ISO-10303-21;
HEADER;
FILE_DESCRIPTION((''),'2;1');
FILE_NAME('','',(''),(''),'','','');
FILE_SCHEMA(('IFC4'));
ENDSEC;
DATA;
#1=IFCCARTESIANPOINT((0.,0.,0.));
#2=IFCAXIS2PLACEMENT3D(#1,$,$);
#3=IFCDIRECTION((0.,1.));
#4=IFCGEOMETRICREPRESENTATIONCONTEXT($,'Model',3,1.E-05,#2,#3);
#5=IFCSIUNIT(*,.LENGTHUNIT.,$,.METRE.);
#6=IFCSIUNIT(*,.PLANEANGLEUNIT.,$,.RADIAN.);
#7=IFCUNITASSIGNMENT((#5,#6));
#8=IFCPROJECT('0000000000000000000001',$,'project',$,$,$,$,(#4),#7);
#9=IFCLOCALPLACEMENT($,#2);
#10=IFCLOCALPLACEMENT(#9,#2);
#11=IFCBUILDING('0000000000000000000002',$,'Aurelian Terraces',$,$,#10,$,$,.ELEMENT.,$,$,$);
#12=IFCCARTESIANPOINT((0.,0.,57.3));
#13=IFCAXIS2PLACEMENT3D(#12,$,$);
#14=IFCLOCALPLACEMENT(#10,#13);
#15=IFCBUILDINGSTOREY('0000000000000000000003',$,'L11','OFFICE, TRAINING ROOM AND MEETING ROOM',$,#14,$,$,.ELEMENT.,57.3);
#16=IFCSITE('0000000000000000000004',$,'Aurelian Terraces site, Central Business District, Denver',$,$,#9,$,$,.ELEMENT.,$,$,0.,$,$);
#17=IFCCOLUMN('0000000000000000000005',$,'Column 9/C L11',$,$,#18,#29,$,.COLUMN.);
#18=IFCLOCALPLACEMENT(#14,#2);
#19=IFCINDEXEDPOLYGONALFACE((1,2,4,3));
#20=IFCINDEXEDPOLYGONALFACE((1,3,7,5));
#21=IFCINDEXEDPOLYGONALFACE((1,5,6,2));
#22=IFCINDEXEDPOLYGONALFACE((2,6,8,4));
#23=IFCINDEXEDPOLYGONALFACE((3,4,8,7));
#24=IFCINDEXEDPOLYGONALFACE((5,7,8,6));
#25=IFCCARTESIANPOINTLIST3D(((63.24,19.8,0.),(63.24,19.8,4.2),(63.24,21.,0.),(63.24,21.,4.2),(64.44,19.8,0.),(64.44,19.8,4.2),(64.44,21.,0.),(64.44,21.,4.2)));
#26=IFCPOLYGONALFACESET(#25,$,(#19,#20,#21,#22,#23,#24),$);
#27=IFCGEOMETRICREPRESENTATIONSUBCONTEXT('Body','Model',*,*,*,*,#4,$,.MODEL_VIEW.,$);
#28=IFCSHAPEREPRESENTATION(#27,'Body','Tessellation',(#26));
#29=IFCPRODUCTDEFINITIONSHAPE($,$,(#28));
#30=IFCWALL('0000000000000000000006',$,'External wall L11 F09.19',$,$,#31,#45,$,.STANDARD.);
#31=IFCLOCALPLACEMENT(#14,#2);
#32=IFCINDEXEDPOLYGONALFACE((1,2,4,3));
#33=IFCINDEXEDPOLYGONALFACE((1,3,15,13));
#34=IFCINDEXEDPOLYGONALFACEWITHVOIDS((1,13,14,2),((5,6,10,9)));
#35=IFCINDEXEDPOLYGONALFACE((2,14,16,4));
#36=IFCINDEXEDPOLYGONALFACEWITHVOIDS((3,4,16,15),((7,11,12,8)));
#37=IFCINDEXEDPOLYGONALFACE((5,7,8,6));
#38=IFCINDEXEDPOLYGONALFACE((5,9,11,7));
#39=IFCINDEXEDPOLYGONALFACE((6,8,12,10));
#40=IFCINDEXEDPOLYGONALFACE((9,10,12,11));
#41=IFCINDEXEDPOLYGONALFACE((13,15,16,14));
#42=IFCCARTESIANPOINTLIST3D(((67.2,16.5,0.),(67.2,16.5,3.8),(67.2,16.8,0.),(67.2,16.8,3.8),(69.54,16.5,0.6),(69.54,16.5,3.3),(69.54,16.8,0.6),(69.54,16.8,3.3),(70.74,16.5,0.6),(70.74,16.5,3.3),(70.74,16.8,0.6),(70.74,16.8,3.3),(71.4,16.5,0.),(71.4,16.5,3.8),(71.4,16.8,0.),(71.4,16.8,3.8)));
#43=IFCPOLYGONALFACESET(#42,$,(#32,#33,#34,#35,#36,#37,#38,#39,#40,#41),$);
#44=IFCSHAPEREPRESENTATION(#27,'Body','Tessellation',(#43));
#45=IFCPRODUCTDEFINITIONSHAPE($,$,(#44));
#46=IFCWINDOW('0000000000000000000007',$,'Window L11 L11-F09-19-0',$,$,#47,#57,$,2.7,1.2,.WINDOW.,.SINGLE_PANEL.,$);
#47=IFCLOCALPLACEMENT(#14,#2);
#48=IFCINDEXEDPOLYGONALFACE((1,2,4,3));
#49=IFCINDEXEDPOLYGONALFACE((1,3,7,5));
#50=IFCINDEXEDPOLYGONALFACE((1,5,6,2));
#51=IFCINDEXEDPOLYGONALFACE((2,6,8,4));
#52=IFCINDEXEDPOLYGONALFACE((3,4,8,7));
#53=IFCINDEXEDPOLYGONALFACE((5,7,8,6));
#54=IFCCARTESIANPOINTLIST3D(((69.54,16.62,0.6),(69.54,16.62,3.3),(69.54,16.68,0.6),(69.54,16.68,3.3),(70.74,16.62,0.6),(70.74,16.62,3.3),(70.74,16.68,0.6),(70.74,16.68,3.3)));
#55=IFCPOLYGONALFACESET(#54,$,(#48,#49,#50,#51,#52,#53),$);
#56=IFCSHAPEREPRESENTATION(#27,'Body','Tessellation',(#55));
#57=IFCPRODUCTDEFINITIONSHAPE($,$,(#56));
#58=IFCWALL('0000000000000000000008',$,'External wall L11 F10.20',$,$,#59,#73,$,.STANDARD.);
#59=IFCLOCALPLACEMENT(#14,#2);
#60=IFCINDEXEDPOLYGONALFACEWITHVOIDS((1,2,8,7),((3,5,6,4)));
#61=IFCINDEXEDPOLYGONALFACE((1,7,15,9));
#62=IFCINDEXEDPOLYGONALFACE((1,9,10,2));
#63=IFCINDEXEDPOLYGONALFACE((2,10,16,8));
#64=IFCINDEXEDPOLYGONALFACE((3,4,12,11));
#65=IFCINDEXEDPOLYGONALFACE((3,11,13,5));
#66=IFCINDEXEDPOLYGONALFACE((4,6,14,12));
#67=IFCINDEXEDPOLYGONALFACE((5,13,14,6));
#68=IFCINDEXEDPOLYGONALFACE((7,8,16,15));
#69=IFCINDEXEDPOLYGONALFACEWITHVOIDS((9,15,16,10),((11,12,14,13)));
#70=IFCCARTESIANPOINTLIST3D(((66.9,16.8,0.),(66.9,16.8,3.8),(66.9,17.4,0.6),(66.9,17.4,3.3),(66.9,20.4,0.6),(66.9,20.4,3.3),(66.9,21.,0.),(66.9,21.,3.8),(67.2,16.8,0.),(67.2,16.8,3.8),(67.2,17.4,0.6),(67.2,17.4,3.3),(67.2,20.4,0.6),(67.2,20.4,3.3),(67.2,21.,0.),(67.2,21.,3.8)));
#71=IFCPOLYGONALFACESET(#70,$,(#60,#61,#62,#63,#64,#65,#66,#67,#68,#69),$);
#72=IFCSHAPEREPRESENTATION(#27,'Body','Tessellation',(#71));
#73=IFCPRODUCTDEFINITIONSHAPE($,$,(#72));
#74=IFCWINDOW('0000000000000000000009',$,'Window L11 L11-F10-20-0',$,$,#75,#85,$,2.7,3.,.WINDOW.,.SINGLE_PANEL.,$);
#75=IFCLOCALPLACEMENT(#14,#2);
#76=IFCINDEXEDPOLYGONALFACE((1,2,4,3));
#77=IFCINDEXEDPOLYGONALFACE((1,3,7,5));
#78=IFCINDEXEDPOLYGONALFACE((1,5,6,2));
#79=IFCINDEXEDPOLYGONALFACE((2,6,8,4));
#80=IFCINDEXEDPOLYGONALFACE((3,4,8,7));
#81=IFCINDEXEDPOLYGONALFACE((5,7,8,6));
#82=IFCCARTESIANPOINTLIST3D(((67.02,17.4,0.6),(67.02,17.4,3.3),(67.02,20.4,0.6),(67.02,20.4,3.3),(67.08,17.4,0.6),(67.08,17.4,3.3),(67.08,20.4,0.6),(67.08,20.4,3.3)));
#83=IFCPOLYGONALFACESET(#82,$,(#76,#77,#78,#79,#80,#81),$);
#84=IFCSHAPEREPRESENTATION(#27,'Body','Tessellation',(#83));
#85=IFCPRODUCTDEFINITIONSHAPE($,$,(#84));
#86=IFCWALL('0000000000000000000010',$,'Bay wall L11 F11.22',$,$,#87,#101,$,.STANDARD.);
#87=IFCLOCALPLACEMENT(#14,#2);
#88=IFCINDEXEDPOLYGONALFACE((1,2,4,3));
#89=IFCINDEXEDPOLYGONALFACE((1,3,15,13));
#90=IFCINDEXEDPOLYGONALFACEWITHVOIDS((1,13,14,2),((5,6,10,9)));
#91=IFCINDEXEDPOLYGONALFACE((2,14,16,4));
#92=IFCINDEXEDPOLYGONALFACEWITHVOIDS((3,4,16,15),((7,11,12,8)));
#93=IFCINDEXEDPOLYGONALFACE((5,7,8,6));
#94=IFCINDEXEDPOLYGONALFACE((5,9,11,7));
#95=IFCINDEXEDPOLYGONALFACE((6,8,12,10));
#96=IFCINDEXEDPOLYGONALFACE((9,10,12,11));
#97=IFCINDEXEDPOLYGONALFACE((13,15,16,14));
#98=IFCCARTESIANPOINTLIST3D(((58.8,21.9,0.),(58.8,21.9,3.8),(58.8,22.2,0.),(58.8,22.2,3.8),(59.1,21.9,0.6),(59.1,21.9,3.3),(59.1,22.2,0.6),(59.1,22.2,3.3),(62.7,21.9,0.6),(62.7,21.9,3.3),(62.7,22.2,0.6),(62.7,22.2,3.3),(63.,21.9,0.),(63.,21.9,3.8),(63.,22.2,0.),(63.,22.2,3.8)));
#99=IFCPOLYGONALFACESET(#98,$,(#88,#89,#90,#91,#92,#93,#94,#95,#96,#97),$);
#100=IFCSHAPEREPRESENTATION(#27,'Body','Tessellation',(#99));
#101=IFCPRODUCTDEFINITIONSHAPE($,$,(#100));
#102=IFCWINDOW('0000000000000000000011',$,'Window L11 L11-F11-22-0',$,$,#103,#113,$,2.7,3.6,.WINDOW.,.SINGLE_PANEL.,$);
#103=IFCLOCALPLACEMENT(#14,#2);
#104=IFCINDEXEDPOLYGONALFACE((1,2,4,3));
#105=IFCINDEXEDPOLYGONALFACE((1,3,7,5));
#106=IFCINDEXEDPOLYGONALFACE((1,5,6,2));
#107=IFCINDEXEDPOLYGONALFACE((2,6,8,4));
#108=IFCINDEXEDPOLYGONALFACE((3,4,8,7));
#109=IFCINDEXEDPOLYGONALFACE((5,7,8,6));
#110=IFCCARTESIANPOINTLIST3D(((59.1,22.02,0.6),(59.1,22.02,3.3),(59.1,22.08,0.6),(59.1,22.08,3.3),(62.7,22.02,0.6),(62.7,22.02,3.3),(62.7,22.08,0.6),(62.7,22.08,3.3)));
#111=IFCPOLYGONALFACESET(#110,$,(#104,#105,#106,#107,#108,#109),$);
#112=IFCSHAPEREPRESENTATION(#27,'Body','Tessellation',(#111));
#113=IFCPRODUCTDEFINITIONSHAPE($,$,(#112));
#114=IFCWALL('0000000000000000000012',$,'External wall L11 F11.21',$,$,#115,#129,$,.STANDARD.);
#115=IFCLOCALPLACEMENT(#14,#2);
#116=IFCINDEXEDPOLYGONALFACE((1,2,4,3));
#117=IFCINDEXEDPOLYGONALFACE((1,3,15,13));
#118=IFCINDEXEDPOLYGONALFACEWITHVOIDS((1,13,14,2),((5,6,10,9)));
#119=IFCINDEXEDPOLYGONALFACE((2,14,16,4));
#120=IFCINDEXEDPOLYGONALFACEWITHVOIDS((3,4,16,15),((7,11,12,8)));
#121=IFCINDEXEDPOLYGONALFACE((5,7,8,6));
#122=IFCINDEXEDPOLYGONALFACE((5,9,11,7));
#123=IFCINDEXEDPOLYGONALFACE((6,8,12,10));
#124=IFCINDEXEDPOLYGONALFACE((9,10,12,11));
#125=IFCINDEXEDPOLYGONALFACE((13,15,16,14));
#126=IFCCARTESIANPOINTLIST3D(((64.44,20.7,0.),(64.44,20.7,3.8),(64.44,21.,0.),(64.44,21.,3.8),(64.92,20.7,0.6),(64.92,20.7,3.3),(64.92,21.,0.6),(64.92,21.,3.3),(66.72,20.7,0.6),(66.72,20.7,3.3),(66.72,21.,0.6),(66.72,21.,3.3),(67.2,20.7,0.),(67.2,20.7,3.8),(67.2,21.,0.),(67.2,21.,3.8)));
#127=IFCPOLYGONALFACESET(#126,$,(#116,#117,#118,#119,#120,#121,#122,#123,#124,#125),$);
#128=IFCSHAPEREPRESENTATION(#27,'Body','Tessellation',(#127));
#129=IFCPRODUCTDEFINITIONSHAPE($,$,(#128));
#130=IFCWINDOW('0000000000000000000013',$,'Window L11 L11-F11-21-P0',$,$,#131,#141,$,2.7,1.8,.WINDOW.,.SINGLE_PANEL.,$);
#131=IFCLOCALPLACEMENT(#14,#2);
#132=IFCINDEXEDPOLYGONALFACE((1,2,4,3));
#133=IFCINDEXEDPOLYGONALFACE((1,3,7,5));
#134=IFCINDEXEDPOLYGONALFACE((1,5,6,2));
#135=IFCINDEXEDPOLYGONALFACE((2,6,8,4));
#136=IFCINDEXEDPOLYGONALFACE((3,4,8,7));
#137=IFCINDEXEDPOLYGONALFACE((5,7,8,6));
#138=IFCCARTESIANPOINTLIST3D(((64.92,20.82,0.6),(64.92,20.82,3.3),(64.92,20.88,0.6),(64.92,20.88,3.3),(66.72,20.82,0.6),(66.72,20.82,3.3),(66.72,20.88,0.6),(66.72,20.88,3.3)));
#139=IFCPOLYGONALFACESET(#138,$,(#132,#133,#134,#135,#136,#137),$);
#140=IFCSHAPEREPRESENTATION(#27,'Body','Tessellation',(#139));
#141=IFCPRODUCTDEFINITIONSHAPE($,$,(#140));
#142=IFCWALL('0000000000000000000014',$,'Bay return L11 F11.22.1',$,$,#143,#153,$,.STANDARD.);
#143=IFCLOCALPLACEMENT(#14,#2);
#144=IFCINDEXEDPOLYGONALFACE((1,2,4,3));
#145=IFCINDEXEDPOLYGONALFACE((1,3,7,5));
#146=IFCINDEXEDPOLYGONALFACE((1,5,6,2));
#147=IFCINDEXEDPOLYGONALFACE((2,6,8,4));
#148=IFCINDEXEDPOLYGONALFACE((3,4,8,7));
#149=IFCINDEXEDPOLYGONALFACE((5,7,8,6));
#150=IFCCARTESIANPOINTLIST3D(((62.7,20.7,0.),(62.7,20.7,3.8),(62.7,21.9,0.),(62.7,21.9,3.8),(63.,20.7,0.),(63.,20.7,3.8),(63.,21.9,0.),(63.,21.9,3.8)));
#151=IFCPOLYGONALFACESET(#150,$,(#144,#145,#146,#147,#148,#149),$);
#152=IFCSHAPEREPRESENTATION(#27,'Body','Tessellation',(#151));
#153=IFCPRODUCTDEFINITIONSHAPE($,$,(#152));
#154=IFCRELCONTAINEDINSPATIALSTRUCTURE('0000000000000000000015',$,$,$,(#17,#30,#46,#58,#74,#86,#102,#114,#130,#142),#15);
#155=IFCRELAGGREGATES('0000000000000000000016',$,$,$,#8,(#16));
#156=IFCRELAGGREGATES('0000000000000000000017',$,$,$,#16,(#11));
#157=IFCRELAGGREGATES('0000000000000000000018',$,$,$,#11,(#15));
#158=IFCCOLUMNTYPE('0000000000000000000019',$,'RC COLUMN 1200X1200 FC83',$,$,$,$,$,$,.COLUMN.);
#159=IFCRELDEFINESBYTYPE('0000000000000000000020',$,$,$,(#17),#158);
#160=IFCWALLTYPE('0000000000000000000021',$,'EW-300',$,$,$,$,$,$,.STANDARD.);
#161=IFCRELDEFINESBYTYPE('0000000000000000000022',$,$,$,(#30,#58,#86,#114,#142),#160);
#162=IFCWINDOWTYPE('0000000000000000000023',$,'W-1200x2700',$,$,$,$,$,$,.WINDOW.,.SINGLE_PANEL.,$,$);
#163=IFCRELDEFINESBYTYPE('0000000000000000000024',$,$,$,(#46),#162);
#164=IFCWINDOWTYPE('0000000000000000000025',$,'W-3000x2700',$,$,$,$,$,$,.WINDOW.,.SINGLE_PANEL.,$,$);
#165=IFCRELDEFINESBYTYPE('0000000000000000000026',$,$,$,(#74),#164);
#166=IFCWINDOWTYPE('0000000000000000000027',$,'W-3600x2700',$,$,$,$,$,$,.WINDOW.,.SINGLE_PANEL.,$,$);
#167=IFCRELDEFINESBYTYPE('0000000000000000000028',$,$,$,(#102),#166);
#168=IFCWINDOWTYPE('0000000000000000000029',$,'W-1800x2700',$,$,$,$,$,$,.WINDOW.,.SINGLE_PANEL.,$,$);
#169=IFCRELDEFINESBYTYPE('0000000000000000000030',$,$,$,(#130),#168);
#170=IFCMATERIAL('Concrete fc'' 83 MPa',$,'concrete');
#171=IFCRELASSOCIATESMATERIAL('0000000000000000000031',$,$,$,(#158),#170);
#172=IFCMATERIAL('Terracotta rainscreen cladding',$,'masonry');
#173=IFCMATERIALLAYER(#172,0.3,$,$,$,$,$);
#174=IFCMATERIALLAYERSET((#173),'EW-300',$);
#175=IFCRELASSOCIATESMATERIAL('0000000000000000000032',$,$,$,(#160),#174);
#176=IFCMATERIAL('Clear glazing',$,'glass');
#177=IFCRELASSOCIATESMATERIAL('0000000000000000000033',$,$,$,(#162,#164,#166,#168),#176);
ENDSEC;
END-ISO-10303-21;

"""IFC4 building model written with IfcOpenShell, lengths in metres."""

from ifc_helpers import new_model, si_unit, direction, frame, frame_2d, origin, origin_2d, place, context, subcontext, project, spatial, rectangle, extrude, source, transform, mapped, material, layer, layer_set, material_profile, profile_set, type_object, element, fill, save


model = new_model("IFC4")

# Units and contexts
model_context = context("Model", 3, precision=1e-05, world=origin(), true_north=direction((0.0, 1.0)))
body_context = subcontext(model_context, "Body", "Model", "MODEL_VIEW")
ifc_project = project(units=[si_unit("LENGTHUNIT", "METRE"), si_unit("PLANEANGLEUNIT", "RADIAN")], contexts=[model_context])

# Site, building, storey
site_placement = place(None, origin())
site = spatial("IfcSite", under=ifc_project, at=site_placement, Name="Aurelian Terraces site, Central Business District, Denver", CompositionType="ELEMENT", RefElevation=0.0)
building_placement = place(site_placement, origin())
building = spatial("IfcBuilding", under=site, at=building_placement, Name="Aurelian Terraces", CompositionType="ELEMENT")
storey_placement = place(building_placement, frame((0.0, 0.0, 57.3)))
storey = spatial("IfcBuildingStorey", under=building, at=storey_placement, Name="L11", Description="OFFICE, TRAINING ROOM AND MEETING ROOM", CompositionType="ELEMENT", Elevation=57.3)

# Column
ifc_material_1 = material(Name="Concrete fc' 83 MPa", Category="concrete")
ifc_material_profile = material_profile(ifc_material_1, rectangle(XDim=1.2, YDim=1.2, at=origin_2d()))
ifc_profile_set = profile_set([ifc_material_profile], Name="Concrete fc' 83 MPa")
column_type = type_object("IfcColumnType", Name="RC COLUMN 1200X1200 FC83", PredefinedType="COLUMN", material=ifc_profile_set)
shared_shape_1 = source(origin(), body_context, "Body", "SweptSolid", [
    extrude(rectangle(XDim=1.2, YDim=1.2, at=origin_2d()), origin(), (0.0, 0.0, 1.0), 4.2),
])
column_placement = place(storey_placement, frame((63.84, 20.4, 0.0), z_axis=(0.0, 0.0, 1.0), x_axis=(1.0, 0.0, 0.0)))
element("IfcColumn", 1, at=column_placement, inside=storey, type_object=column_type, Name="Column 9/C L11", PredefinedType="COLUMN", context=body_context, shape_type="MappedRepresentation", body=[
    mapped(shared_shape_1, transform((0.0, 0.0, 0.0), scale=1.0)),
])

# Walls, openings, windows
ifc_material_2 = material(Name="Terracotta rainscreen cladding", Category="masonry")
ifc_layer_1 = layer(ifc_material_2, 0.3)
ifc_layer_set_1 = layer_set([ifc_layer_1], Name="EW-300")
wall_type_1 = type_object("IfcWallType", Name="EW-300", PredefinedType="STANDARD", material=ifc_layer_set_1)
shared_shape_2 = source(origin(), body_context, "Body", "SweptSolid", [
    extrude(rectangle(XDim=4.2, YDim=0.3, at=frame_2d((2.1, 0.0))), origin(), (0.0, 0.0, 1.0), 3.8),
])
wall_1_placement = place(storey_placement, frame((71.4, 16.65, 0.0), z_axis=(0.0, 0.0, 1.0), x_axis=(-1.0, 0.0, 0.0)))
wall_1 = element("IfcWall", 2, at=wall_1_placement, inside=storey, type_object=wall_type_1, Name="External wall L11 F09.19", PredefinedType="STANDARD", context=body_context, shape_type="MappedRepresentation", body=[
    mapped(shared_shape_2, transform((0.0, 0.0, 0.0), scale=1.0)),
])
shared_shape_3 = source(origin(), body_context, "Body", "SweptSolid", [
    extrude(rectangle(XDim=1.2, YDim=2.7, at=frame_2d((0.6, 1.35))), frame((0.0, 0.16, 0.0), z_axis=(0.0, -1.0, 0.0), x_axis=(1.0, 0.0, 0.0)), (0.0, 0.0, 1.0), 0.32),
])
opening_1_placement = place(wall_1_placement, frame((0.66, 0.0, 0.6)))
opening_1 = element("IfcOpeningElement", 3, at=opening_1_placement, cuts=wall_1, PredefinedType="OPENING", context=body_context, shape_type="MappedRepresentation", body=[
    mapped(shared_shape_3, transform((0.0, 0.0, 0.0), scale=1.0)),
])
ifc_material_3 = material(Name="Clear glazing", Category="glass")
window_type_1 = type_object("IfcWindowType", Name="W-1200x2700", PartitioningType="SINGLE_PANEL", PredefinedType="WINDOW", material=ifc_material_3)
shared_shape_4 = source(origin(), body_context, "Body", "SweptSolid", [
    extrude(rectangle(XDim=1.2, YDim=2.7, at=frame_2d((0.6, 1.35))), frame((0.0, 0.03, 0.0), z_axis=(0.0, -1.0, 0.0), x_axis=(1.0, 0.0, 0.0)), (0.0, 0.0, 1.0), 0.06),
])
window_1_placement = place(opening_1_placement, origin())
window_1 = element("IfcWindow", 4, at=window_1_placement, inside=storey, type_object=window_type_1, Name="Window L11 L11-F09-19-0", OverallHeight=2.7, OverallWidth=1.2, PartitioningType="SINGLE_PANEL", PredefinedType="WINDOW", context=body_context, shape_type="MappedRepresentation", body=[
    mapped(shared_shape_4, transform((0.0, 0.0, 0.0), scale=1.0)),
])
fill(opening_1, window_1)
wall_2_placement = place(storey_placement, frame((67.05, 16.8, 0.0), z_axis=(0.0, 0.0, 1.0), x_axis=(0.0, 1.0, 0.0)))
wall_2 = element("IfcWall", 5, at=wall_2_placement, inside=storey, type_object=wall_type_1, Name="External wall L11 F10.20", PredefinedType="STANDARD", context=body_context, shape_type="MappedRepresentation", body=[
    mapped(shared_shape_2, transform((0.0, 0.0, 0.0), scale=1.0)),
])
shared_shape_5 = source(origin(), body_context, "Body", "SweptSolid", [
    extrude(rectangle(XDim=3.0, YDim=2.7, at=frame_2d((1.5, 1.35))), frame((0.0, 0.16, 0.0), z_axis=(0.0, -1.0, 0.0), x_axis=(1.0, 0.0, 0.0)), (0.0, 0.0, 1.0), 0.32),
])
opening_2_placement = place(wall_2_placement, frame((0.6, 0.0, 0.6)))
opening_2 = element("IfcOpeningElement", 6, at=opening_2_placement, cuts=wall_2, PredefinedType="OPENING", context=body_context, shape_type="MappedRepresentation", body=[
    mapped(shared_shape_5, transform((0.0, 0.0, 0.0), scale=1.0)),
])
window_type_2 = type_object("IfcWindowType", Name="W-3000x2700", PartitioningType="SINGLE_PANEL", PredefinedType="WINDOW", material=ifc_material_3)
shared_shape_6 = source(origin(), body_context, "Body", "SweptSolid", [
    extrude(rectangle(XDim=3.0, YDim=2.7, at=frame_2d((1.5, 1.35))), frame((0.0, 0.03, 0.0), z_axis=(0.0, -1.0, 0.0), x_axis=(1.0, 0.0, 0.0)), (0.0, 0.0, 1.0), 0.06),
])
window_2_placement = place(opening_2_placement, origin())
window_2 = element("IfcWindow", 7, at=window_2_placement, inside=storey, type_object=window_type_2, Name="Window L11 L11-F10-20-0", OverallHeight=2.7, OverallWidth=3.0, PartitioningType="SINGLE_PANEL", PredefinedType="WINDOW", context=body_context, shape_type="MappedRepresentation", body=[
    mapped(shared_shape_6, transform((0.0, 0.0, 0.0), scale=1.0)),
])
fill(opening_2, window_2)
wall_3_placement = place(storey_placement, frame((63.0, 22.05, 0.0), z_axis=(0.0, 0.0, 1.0), x_axis=(-1.0, 0.0, 0.0)))
wall_3 = element("IfcWall", 8, at=wall_3_placement, inside=storey, type_object=wall_type_1, Name="Bay wall L11 F11.22", PredefinedType="STANDARD", context=body_context, shape_type="MappedRepresentation", body=[
    mapped(shared_shape_2, transform((0.0, 0.0, 0.0), scale=1.0)),
])
shared_shape_7 = source(origin(), body_context, "Body", "SweptSolid", [
    extrude(rectangle(XDim=3.6, YDim=2.7, at=frame_2d((1.8, 1.35))), frame((0.0, 0.16, 0.0), z_axis=(0.0, -1.0, 0.0), x_axis=(1.0, 0.0, 0.0)), (0.0, 0.0, 1.0), 0.32),
])
opening_3_placement = place(wall_3_placement, frame((0.3, 0.0, 0.6)))
opening_3 = element("IfcOpeningElement", 9, at=opening_3_placement, cuts=wall_3, PredefinedType="OPENING", context=body_context, shape_type="MappedRepresentation", body=[
    mapped(shared_shape_7, transform((0.0, 0.0, 0.0), scale=1.0)),
])
window_type_3 = type_object("IfcWindowType", Name="W-3600x2700", PartitioningType="SINGLE_PANEL", PredefinedType="WINDOW", material=ifc_material_3)
shared_shape_8 = source(origin(), body_context, "Body", "SweptSolid", [
    extrude(rectangle(XDim=3.6, YDim=2.7, at=frame_2d((1.8, 1.35))), frame((0.0, 0.03, 0.0), z_axis=(0.0, -1.0, 0.0), x_axis=(1.0, 0.0, 0.0)), (0.0, 0.0, 1.0), 0.06),
])
window_3_placement = place(opening_3_placement, origin())
window_3 = element("IfcWindow", 10, at=window_3_placement, inside=storey, type_object=window_type_3, Name="Window L11 L11-F11-22-0", OverallHeight=2.7, OverallWidth=3.6, PartitioningType="SINGLE_PANEL", PredefinedType="WINDOW", context=body_context, shape_type="MappedRepresentation", body=[
    mapped(shared_shape_8, transform((0.0, 0.0, 0.0), scale=1.0)),
])
fill(opening_3, window_3)
shared_shape_9 = source(origin(), body_context, "Body", "SweptSolid", [
    extrude(rectangle(XDim=2.76, YDim=0.3, at=frame_2d((1.38, 0.0))), origin(), (0.0, 0.0, 1.0), 3.8),
])
wall_4_placement = place(storey_placement, frame((67.2, 20.85, 0.0), z_axis=(0.0, 0.0, 1.0), x_axis=(-1.0, 0.0, 0.0)))
wall_4 = element("IfcWall", 11, at=wall_4_placement, inside=storey, type_object=wall_type_1, Name="External wall L11 F11.21", PredefinedType="STANDARD", context=body_context, shape_type="MappedRepresentation", body=[
    mapped(shared_shape_9, transform((0.0, 0.0, 0.0), scale=1.0)),
])
shared_shape_10 = source(origin(), body_context, "Body", "SweptSolid", [
    extrude(rectangle(XDim=1.8, YDim=2.7, at=frame_2d((0.9, 1.35))), frame((0.0, 0.16, 0.0), z_axis=(0.0, -1.0, 0.0), x_axis=(1.0, 0.0, 0.0)), (0.0, 0.0, 1.0), 0.32),
])
opening_4_placement = place(wall_4_placement, frame((0.48, 0.0, 0.6)))
opening_4 = element("IfcOpeningElement", 12, at=opening_4_placement, cuts=wall_4, PredefinedType="OPENING", context=body_context, shape_type="MappedRepresentation", body=[
    mapped(shared_shape_10, transform((0.0, 0.0, 0.0), scale=1.0)),
])
window_type_4 = type_object("IfcWindowType", Name="W-1800x2700", PartitioningType="SINGLE_PANEL", PredefinedType="WINDOW", material=ifc_material_3)
shared_shape_11 = source(origin(), body_context, "Body", "SweptSolid", [
    extrude(rectangle(XDim=1.8, YDim=2.7, at=frame_2d((0.9, 1.35))), frame((0.0, 0.03, 0.0), z_axis=(0.0, -1.0, 0.0), x_axis=(1.0, 0.0, 0.0)), (0.0, 0.0, 1.0), 0.06),
])
window_4_placement = place(opening_4_placement, origin())
window_4 = element("IfcWindow", 13, at=window_4_placement, inside=storey, type_object=window_type_4, Name="Window L11 L11-F11-21-P0", OverallHeight=2.7, OverallWidth=1.8, PartitioningType="SINGLE_PANEL", PredefinedType="WINDOW", context=body_context, shape_type="MappedRepresentation", body=[
    mapped(shared_shape_11, transform((0.0, 0.0, 0.0), scale=1.0)),
])
fill(opening_4, window_4)

# Wall
shared_shape_12 = source(origin(), body_context, "Body", "SweptSolid", [
    extrude(rectangle(XDim=1.2, YDim=0.3, at=frame_2d((0.6, 0.0))), origin(), (0.0, 0.0, 1.0), 3.8),
])
wall_5_placement = place(storey_placement, frame((62.85, 20.7, 0.0), z_axis=(0.0, 0.0, 1.0), x_axis=(0.0, 1.0, 0.0)))
element("IfcWall", 14, at=wall_5_placement, inside=storey, type_object=wall_type_1, Name="Bay return L11 F11.22.1", PredefinedType="STANDARD", context=body_context, shape_type="MappedRepresentation", body=[
    mapped(shared_shape_12, transform((0.0, 0.0, 0.0), scale=1.0)),
])

save(model, "model.ifc")
